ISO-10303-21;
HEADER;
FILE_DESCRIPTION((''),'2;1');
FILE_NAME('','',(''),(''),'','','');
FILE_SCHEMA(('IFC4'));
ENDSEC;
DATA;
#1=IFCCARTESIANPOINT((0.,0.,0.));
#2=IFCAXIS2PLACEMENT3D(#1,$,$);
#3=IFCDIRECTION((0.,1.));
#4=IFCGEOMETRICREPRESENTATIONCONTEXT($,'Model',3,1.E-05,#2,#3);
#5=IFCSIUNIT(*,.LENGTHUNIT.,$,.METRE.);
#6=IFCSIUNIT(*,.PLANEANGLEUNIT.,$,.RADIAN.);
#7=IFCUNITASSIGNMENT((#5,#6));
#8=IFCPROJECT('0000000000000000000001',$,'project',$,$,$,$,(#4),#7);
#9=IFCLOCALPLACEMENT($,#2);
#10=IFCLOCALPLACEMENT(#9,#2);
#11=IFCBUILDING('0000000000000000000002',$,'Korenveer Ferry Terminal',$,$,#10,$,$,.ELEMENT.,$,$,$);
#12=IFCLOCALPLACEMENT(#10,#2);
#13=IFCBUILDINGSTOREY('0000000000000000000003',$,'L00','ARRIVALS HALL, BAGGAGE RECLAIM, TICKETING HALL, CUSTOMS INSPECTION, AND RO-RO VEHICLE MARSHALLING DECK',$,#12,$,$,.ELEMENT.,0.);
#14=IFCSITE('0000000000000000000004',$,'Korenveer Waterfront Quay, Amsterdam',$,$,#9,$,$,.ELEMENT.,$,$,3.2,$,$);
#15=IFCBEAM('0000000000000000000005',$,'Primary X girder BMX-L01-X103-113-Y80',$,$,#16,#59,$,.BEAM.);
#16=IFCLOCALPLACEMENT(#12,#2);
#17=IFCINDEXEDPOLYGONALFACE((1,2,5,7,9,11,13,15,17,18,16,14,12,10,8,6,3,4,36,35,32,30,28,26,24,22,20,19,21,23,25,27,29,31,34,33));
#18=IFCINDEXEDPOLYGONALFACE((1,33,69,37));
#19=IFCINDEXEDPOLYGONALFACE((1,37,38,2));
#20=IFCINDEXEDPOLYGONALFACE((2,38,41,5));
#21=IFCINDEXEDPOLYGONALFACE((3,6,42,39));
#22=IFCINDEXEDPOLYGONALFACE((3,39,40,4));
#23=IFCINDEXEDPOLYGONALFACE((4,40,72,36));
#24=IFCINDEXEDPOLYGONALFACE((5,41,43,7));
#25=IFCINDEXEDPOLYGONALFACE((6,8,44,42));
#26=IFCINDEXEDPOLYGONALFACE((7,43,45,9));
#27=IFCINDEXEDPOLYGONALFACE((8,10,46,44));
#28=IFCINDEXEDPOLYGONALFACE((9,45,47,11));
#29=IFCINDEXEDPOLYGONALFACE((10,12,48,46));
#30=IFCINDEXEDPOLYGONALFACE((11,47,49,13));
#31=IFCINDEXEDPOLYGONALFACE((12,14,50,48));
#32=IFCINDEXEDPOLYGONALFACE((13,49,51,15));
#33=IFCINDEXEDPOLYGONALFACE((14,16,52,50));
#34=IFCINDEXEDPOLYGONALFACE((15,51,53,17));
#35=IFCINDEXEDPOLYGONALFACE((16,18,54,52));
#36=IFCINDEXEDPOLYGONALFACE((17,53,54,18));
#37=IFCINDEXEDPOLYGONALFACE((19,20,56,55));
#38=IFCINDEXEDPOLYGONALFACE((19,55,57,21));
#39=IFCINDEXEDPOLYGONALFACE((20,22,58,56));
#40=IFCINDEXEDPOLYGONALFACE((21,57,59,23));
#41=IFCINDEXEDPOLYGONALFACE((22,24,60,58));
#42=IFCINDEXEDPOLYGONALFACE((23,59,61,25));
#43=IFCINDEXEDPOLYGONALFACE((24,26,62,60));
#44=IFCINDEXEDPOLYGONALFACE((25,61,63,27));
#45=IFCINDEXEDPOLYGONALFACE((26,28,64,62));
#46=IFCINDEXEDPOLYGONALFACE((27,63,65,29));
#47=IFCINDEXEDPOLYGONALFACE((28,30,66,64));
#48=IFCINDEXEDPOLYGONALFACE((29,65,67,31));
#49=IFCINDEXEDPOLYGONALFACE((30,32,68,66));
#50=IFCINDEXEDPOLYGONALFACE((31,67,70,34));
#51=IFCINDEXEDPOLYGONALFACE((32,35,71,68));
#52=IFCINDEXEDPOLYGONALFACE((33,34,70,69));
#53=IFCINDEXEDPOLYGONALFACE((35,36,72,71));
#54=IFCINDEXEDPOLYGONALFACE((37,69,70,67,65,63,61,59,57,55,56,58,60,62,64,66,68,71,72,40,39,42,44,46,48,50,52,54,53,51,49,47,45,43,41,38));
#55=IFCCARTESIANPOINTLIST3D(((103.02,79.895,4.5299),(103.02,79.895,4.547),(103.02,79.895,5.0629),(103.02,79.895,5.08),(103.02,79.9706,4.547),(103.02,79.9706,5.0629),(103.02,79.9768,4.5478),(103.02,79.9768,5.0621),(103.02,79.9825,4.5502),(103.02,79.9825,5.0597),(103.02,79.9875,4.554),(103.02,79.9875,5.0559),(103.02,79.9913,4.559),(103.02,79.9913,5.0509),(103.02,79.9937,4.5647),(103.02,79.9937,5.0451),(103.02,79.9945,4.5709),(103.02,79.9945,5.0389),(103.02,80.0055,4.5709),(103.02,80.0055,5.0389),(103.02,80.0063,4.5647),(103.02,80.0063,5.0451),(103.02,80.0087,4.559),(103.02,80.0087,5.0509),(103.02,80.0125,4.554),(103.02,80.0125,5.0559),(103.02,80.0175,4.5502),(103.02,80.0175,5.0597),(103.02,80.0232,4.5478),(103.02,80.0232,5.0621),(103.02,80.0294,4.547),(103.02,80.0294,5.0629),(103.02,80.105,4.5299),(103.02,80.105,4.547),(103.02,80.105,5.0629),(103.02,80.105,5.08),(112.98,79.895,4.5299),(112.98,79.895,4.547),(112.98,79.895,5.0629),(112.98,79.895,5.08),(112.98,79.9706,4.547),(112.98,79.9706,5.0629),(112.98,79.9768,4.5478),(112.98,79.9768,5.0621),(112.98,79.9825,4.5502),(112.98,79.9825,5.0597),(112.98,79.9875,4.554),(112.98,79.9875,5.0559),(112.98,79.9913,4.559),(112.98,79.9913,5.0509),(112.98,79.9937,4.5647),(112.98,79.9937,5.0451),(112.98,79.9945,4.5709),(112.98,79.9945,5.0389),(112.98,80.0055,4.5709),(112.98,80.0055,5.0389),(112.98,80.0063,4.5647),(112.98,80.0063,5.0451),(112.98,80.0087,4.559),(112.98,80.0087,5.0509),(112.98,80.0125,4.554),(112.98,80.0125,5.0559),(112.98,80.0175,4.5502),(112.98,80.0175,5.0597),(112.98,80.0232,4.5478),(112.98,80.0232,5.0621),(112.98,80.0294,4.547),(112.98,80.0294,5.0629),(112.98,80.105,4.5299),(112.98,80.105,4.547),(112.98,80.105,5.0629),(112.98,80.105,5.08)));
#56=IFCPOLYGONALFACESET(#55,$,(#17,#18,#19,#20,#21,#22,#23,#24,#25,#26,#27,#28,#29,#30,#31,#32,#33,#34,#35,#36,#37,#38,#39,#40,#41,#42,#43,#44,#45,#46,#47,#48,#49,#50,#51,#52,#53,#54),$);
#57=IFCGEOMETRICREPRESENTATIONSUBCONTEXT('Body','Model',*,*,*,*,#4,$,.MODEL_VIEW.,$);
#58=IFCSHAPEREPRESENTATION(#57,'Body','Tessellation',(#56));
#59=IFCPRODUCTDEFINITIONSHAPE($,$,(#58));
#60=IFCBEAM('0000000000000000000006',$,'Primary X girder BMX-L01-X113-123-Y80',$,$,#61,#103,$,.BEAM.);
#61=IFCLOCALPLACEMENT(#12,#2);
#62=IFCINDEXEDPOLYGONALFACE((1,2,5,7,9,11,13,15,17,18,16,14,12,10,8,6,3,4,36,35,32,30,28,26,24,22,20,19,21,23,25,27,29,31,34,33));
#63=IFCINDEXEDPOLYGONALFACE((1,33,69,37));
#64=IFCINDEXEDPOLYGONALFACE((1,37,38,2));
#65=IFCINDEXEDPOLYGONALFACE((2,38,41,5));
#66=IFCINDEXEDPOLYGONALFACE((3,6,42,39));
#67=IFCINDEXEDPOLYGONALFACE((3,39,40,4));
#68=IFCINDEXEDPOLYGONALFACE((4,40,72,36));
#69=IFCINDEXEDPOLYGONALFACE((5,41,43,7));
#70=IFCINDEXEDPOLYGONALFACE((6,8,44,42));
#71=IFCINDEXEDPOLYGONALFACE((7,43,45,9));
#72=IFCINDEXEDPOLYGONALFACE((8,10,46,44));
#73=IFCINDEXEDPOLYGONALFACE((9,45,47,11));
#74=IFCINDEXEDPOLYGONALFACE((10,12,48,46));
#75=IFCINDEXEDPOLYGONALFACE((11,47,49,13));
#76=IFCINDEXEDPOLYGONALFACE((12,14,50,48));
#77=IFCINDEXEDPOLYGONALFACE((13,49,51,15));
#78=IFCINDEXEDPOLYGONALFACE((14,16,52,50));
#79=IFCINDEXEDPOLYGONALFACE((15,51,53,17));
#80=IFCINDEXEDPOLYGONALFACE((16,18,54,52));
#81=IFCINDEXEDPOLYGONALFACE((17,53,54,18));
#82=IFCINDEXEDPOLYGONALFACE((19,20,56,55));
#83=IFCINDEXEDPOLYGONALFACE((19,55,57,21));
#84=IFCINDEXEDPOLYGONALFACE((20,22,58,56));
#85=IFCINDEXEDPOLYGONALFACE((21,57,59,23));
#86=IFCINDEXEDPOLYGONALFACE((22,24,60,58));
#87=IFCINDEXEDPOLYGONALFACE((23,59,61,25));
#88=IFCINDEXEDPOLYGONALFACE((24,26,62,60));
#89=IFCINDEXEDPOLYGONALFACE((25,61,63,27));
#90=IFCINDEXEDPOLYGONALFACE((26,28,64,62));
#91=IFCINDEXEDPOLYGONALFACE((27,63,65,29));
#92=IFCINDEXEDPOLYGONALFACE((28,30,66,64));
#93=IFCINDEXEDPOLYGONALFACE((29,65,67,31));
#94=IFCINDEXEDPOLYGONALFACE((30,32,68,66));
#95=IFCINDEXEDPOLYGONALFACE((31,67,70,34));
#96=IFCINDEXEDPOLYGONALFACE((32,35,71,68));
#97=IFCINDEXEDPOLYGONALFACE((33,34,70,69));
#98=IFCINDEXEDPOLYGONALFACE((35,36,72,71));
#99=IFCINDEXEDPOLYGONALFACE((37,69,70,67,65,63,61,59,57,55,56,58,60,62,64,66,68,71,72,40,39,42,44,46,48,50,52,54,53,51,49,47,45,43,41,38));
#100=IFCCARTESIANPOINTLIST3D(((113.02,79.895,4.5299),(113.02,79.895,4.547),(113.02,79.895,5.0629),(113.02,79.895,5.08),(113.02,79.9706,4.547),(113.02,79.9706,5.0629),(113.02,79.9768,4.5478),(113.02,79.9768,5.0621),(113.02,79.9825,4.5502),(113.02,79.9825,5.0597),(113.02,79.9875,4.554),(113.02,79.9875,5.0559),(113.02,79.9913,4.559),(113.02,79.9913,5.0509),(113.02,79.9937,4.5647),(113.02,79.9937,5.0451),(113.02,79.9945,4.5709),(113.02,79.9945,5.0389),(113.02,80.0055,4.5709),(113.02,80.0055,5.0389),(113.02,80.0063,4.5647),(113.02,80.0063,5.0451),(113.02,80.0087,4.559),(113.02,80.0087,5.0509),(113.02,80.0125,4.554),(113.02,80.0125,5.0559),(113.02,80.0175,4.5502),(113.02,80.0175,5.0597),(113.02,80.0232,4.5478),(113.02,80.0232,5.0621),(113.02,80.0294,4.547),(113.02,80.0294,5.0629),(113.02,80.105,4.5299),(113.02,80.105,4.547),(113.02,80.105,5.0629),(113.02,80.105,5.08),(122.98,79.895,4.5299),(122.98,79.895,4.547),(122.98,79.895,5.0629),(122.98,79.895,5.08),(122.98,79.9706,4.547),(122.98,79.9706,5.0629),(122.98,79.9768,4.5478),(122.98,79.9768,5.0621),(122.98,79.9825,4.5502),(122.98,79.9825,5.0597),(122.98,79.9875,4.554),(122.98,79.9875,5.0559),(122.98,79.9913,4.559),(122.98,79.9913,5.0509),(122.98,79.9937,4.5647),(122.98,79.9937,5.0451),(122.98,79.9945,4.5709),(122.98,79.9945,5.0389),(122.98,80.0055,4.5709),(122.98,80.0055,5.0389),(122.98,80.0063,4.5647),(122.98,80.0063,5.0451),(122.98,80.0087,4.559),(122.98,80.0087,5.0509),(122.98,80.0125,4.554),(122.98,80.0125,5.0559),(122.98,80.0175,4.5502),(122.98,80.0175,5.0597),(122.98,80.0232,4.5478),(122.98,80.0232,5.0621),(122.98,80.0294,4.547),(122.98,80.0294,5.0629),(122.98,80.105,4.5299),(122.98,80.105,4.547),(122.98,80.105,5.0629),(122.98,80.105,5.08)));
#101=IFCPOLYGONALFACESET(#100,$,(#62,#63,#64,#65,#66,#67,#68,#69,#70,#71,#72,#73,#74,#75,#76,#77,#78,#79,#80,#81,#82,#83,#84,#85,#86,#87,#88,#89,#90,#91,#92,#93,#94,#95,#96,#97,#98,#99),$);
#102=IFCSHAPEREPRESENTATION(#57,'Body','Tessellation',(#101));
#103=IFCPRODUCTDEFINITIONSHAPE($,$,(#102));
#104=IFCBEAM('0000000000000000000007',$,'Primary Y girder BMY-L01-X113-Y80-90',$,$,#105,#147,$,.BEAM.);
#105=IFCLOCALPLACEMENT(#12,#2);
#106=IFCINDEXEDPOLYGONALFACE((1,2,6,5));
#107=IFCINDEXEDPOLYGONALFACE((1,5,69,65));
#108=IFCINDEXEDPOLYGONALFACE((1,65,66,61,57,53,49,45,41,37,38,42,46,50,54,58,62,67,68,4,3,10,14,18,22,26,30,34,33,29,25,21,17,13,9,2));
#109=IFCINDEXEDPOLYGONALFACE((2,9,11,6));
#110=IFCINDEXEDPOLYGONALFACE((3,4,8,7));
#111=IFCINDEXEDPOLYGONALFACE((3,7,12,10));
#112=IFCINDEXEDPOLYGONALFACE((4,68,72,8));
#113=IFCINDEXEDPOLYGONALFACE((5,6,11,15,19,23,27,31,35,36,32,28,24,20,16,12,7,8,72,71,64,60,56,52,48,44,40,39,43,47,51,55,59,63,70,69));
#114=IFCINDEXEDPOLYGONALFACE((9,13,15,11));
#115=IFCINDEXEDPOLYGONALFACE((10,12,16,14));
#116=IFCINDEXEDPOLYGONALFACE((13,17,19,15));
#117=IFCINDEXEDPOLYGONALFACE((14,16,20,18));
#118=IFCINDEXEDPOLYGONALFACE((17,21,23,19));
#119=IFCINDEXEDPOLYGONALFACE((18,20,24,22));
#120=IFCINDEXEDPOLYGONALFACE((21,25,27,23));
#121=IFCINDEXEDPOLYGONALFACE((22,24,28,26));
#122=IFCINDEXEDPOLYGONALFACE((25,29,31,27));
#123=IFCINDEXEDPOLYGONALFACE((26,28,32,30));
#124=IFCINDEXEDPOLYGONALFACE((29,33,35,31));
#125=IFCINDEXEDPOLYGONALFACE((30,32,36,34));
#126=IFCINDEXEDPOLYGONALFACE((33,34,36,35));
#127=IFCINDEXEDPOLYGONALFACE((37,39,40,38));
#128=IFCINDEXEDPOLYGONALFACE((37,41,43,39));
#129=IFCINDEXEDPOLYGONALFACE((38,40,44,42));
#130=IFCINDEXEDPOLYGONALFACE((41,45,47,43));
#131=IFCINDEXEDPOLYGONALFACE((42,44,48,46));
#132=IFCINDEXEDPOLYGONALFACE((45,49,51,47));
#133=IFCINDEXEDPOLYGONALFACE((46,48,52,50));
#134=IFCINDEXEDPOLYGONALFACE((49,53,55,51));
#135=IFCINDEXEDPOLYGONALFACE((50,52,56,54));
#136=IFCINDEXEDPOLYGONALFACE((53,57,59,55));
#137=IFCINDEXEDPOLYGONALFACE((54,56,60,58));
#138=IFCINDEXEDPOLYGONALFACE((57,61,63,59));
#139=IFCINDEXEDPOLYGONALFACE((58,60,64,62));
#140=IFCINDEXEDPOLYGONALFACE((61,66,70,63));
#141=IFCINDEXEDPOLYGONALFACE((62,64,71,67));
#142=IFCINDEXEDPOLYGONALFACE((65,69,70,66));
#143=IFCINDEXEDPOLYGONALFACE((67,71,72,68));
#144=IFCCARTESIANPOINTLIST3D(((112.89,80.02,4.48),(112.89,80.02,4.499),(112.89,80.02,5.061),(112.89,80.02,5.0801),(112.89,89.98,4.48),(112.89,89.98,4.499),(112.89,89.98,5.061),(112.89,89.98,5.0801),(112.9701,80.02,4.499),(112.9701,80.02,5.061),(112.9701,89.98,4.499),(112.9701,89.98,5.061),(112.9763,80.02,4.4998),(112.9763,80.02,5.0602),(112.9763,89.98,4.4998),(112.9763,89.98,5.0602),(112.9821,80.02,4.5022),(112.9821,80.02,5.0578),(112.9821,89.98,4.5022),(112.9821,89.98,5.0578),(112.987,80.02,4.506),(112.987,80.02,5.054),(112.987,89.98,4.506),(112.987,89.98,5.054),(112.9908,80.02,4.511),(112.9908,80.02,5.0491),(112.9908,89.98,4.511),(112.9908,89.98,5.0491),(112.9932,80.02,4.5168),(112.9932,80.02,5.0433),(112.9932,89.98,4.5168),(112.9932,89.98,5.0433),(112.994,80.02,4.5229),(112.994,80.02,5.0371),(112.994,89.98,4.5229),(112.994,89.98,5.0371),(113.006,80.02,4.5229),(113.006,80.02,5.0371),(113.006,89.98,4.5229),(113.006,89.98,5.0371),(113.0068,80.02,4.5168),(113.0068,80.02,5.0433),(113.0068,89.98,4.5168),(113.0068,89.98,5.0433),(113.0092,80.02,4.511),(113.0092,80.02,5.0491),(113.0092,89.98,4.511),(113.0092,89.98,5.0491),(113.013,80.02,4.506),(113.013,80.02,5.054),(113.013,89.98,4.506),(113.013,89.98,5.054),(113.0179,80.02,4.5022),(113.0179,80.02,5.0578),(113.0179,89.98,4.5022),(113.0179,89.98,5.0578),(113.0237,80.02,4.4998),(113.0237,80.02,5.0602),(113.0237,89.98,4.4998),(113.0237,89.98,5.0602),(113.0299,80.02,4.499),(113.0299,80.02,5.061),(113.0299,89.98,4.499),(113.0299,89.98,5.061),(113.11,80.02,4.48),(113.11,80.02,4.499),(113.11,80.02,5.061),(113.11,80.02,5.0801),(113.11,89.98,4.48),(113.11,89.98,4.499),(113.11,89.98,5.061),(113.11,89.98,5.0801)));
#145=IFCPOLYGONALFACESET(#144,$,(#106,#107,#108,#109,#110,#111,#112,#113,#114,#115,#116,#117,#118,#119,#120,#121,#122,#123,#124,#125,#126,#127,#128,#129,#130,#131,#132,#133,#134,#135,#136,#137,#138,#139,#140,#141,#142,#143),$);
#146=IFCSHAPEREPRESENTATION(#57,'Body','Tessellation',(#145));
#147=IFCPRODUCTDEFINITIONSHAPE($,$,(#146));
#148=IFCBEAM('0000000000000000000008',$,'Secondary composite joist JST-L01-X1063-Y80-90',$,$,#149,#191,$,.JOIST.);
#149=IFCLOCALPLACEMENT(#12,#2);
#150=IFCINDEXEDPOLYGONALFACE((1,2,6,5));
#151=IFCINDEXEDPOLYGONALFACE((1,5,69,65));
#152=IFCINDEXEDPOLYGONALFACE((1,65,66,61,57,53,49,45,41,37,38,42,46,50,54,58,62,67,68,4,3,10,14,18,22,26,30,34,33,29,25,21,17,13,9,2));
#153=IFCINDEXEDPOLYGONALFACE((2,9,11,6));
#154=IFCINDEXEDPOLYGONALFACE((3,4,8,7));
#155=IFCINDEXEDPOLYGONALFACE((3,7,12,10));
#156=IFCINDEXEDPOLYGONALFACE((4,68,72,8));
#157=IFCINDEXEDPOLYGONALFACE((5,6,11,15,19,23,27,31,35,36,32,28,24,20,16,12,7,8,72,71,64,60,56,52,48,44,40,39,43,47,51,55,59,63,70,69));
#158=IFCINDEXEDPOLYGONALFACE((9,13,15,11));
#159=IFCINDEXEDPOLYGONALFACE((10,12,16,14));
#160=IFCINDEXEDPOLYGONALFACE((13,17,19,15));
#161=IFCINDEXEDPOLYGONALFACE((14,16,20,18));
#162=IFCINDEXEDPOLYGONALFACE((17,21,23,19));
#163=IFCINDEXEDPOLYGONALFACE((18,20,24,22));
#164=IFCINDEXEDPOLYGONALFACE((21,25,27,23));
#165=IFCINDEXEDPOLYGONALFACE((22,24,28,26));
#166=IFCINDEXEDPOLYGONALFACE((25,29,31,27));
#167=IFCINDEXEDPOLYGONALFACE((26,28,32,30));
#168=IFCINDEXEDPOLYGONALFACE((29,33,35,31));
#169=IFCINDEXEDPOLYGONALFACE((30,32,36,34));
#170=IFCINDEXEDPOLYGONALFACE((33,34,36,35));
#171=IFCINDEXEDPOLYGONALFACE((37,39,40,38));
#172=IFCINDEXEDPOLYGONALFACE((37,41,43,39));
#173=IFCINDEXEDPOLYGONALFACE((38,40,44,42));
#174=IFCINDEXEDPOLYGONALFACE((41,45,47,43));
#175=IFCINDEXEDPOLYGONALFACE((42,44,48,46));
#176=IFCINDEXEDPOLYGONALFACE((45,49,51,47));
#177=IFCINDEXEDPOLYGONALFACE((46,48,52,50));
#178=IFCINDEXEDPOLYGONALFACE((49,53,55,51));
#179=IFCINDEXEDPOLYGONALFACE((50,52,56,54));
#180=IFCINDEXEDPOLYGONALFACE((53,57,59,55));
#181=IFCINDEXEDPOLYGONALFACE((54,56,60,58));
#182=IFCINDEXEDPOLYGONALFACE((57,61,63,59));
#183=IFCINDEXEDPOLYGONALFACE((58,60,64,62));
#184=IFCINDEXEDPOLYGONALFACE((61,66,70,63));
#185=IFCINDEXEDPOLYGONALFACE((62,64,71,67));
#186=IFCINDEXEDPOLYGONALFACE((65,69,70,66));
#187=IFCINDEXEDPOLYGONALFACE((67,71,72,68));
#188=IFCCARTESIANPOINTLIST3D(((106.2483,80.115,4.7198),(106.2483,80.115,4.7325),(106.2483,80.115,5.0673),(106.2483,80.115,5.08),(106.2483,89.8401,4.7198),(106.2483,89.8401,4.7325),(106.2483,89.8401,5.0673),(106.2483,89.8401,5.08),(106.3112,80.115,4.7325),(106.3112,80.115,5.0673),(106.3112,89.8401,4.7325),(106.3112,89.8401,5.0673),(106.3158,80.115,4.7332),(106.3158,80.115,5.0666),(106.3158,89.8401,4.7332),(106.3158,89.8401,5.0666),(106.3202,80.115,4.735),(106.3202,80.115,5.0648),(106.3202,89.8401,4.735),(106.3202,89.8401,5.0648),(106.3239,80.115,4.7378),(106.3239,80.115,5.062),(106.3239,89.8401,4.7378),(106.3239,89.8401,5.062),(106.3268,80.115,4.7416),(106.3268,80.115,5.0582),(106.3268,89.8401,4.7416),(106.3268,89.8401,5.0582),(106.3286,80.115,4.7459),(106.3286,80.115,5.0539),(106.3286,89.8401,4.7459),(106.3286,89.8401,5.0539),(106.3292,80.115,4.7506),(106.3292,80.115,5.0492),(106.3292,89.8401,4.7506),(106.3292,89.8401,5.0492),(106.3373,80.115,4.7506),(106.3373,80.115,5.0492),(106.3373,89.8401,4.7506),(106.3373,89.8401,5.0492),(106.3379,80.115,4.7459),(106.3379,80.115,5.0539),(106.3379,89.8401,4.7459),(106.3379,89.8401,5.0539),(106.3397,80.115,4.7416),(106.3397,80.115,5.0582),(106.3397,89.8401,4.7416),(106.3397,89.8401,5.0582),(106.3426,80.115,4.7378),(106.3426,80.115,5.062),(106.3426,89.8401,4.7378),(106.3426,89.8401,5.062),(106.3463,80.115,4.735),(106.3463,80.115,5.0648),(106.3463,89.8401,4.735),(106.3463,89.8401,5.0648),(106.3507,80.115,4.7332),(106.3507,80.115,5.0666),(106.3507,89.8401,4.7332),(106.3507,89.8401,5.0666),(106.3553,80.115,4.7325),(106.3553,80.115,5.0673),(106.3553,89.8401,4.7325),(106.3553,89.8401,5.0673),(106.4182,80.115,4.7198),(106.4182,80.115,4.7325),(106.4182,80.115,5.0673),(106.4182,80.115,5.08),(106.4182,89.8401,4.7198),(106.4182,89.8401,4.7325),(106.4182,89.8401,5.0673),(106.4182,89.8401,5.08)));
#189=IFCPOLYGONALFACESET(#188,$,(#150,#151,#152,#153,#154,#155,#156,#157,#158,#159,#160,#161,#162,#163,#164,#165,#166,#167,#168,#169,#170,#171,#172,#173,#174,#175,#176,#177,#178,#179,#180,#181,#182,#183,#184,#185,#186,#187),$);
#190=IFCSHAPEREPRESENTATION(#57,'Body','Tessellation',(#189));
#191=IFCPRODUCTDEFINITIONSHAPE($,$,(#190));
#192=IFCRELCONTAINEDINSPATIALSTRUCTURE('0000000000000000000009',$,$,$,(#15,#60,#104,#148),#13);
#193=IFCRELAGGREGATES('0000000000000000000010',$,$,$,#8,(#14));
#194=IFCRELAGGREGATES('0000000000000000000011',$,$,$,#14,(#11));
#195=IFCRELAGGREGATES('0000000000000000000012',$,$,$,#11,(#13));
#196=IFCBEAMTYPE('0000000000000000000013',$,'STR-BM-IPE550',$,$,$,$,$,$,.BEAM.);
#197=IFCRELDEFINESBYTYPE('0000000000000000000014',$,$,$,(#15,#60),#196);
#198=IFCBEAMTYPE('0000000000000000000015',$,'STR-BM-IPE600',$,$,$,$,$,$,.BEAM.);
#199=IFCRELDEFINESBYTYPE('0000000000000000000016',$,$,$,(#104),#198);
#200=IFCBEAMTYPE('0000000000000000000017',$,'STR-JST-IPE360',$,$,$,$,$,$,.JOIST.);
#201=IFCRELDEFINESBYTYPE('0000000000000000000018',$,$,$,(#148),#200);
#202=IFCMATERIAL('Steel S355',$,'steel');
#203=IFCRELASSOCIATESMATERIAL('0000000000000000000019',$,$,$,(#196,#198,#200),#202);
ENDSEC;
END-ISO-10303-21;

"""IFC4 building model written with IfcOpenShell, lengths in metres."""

from ifc_helpers import new_model, si_unit, direction, frame, origin, origin_2d, place, context, subcontext, project, spatial, i_section, extrude, material, material_profile, profile_set, type_object, element, save


model = new_model("IFC4")

# Units and contexts
model_context = context("Model", 3, precision=1e-05, world=origin(), true_north=direction((0.0, 1.0)))
body_context = subcontext(model_context, "Body", "Model", "MODEL_VIEW")
ifc_project = project(units=[si_unit("LENGTHUNIT", "METRE"), si_unit("PLANEANGLEUNIT", "RADIAN")], contexts=[model_context])

# Site, building, storey
site_placement = place(None, origin())
site = spatial("IfcSite", under=ifc_project, at=site_placement, Name="Korenveer Waterfront Quay, Amsterdam", CompositionType="ELEMENT", RefElevation=3.2)
building_placement = place(site_placement, origin())
building = spatial("IfcBuilding", under=site, at=building_placement, Name="Korenveer Ferry Terminal", CompositionType="ELEMENT")
storey_placement = place(building_placement, origin())
storey = spatial("IfcBuildingStorey", under=building, at=storey_placement, Name="L00", Description="ARRIVALS HALL, BAGGAGE RECLAIM, TICKETING HALL, CUSTOMS INSPECTION, AND RO-RO VEHICLE MARSHALLING DECK", CompositionType="ELEMENT", Elevation=0.0)

# Shared definitions
ifc_material_1 = material(Name="Steel S355", Category="steel")

# Beams
ifc_material_profile_1 = material_profile(ifc_material_1, i_section(OverallWidth=0.21, OverallDepth=0.55, WebThickness=0.011, FlangeThickness=0.0171, FilletRadius=0.0239, at=origin_2d()), Name="IPE 550")
ifc_profile_set_1 = profile_set([ifc_material_profile_1], Name="Steel S355")
beam_type_1 = type_object("IfcBeamType", Name="STR-BM-IPE550", PredefinedType="BEAM", material=ifc_profile_set_1)
for number, where, z_axis, x_axis, name in (
    (1, (103.02, 80.0, 4.8049), (1.0, 0.0, 0.0), (0.0, 1.0, 0.0), "Primary X girder BMX-L01-X103-113-Y80"),
    (2, (113.02, 80.0, 4.8049), (1.0, 0.0, 0.0), (0.0, 1.0, 0.0), "Primary X girder BMX-L01-X113-123-Y80"),
):
    element("IfcBeam", number, at=place(storey_placement, frame(where, z_axis=z_axis, x_axis=x_axis)), inside=storey, type_object=beam_type_1, Name=name, PredefinedType="BEAM", context=body_context, shape_type="SweptSolid", body=[
        extrude(i_section(OverallWidth=0.21, OverallDepth=0.55, WebThickness=0.011, FlangeThickness=0.0171, FilletRadius=0.0239, at=origin_2d()), origin(), (0.0, 0.0, 1.0), 9.96),
    ])
ifc_material_profile_2 = material_profile(ifc_material_1, i_section(OverallWidth=0.22, OverallDepth=0.6001, WebThickness=0.012, FlangeThickness=0.019, FilletRadius=0.0239, at=origin_2d()), Name="IPE 600")
ifc_profile_set_2 = profile_set([ifc_material_profile_2], Name="Steel S355")
beam_type_2 = type_object("IfcBeamType", Name="STR-BM-IPE600", PredefinedType="BEAM", material=ifc_profile_set_2)
beam_placement = place(storey_placement, frame((113.0, 80.02, 4.78), z_axis=(0.0, 1.0, 0.0), x_axis=(-1.0, 0.0, 0.0)))
element("IfcBeam", 3, at=beam_placement, inside=storey, type_object=beam_type_2, Name="Primary Y girder BMY-L01-X113-Y80-90", PredefinedType="BEAM", context=body_context, shape_type="SweptSolid", body=[
    extrude(i_section(OverallWidth=0.22, OverallDepth=0.6001, WebThickness=0.012, FlangeThickness=0.019, FilletRadius=0.0239, at=origin_2d()), origin(), (0.0, 0.0, 1.0), 9.96),
])
ifc_material_profile_3 = material_profile(ifc_material_1, i_section(OverallWidth=0.1699, OverallDepth=0.3601, WebThickness=0.0081, FlangeThickness=0.0127, FilletRadius=0.0181, at=origin_2d()), Name="IPE 360")
ifc_profile_set_3 = profile_set([ifc_material_profile_3], Name="Steel S355")
beam_type_3 = type_object("IfcBeamType", Name="STR-JST-IPE360", PredefinedType="JOIST", material=ifc_profile_set_3)
for number, where, z_axis, x_axis, name in (
    (4, (106.3333, 80.115, 4.8999), (0.0, 1.0, 0.0), (-1.0, 0.0, 0.0), "Secondary composite joist JST-L01-X1063-Y80-90"),
):
    element("IfcBeam", number, at=place(storey_placement, frame(where, z_axis=z_axis, x_axis=x_axis)), inside=storey, type_object=beam_type_3, Name=name, PredefinedType="JOIST", context=body_context, shape_type="SweptSolid", body=[
        extrude(i_section(OverallWidth=0.1699, OverallDepth=0.3601, WebThickness=0.0081, FlangeThickness=0.0127, FilletRadius=0.0181, at=origin_2d()), origin(), (0.0, 0.0, 1.0), 9.7251),
    ])

save(model, "model.ifc")
